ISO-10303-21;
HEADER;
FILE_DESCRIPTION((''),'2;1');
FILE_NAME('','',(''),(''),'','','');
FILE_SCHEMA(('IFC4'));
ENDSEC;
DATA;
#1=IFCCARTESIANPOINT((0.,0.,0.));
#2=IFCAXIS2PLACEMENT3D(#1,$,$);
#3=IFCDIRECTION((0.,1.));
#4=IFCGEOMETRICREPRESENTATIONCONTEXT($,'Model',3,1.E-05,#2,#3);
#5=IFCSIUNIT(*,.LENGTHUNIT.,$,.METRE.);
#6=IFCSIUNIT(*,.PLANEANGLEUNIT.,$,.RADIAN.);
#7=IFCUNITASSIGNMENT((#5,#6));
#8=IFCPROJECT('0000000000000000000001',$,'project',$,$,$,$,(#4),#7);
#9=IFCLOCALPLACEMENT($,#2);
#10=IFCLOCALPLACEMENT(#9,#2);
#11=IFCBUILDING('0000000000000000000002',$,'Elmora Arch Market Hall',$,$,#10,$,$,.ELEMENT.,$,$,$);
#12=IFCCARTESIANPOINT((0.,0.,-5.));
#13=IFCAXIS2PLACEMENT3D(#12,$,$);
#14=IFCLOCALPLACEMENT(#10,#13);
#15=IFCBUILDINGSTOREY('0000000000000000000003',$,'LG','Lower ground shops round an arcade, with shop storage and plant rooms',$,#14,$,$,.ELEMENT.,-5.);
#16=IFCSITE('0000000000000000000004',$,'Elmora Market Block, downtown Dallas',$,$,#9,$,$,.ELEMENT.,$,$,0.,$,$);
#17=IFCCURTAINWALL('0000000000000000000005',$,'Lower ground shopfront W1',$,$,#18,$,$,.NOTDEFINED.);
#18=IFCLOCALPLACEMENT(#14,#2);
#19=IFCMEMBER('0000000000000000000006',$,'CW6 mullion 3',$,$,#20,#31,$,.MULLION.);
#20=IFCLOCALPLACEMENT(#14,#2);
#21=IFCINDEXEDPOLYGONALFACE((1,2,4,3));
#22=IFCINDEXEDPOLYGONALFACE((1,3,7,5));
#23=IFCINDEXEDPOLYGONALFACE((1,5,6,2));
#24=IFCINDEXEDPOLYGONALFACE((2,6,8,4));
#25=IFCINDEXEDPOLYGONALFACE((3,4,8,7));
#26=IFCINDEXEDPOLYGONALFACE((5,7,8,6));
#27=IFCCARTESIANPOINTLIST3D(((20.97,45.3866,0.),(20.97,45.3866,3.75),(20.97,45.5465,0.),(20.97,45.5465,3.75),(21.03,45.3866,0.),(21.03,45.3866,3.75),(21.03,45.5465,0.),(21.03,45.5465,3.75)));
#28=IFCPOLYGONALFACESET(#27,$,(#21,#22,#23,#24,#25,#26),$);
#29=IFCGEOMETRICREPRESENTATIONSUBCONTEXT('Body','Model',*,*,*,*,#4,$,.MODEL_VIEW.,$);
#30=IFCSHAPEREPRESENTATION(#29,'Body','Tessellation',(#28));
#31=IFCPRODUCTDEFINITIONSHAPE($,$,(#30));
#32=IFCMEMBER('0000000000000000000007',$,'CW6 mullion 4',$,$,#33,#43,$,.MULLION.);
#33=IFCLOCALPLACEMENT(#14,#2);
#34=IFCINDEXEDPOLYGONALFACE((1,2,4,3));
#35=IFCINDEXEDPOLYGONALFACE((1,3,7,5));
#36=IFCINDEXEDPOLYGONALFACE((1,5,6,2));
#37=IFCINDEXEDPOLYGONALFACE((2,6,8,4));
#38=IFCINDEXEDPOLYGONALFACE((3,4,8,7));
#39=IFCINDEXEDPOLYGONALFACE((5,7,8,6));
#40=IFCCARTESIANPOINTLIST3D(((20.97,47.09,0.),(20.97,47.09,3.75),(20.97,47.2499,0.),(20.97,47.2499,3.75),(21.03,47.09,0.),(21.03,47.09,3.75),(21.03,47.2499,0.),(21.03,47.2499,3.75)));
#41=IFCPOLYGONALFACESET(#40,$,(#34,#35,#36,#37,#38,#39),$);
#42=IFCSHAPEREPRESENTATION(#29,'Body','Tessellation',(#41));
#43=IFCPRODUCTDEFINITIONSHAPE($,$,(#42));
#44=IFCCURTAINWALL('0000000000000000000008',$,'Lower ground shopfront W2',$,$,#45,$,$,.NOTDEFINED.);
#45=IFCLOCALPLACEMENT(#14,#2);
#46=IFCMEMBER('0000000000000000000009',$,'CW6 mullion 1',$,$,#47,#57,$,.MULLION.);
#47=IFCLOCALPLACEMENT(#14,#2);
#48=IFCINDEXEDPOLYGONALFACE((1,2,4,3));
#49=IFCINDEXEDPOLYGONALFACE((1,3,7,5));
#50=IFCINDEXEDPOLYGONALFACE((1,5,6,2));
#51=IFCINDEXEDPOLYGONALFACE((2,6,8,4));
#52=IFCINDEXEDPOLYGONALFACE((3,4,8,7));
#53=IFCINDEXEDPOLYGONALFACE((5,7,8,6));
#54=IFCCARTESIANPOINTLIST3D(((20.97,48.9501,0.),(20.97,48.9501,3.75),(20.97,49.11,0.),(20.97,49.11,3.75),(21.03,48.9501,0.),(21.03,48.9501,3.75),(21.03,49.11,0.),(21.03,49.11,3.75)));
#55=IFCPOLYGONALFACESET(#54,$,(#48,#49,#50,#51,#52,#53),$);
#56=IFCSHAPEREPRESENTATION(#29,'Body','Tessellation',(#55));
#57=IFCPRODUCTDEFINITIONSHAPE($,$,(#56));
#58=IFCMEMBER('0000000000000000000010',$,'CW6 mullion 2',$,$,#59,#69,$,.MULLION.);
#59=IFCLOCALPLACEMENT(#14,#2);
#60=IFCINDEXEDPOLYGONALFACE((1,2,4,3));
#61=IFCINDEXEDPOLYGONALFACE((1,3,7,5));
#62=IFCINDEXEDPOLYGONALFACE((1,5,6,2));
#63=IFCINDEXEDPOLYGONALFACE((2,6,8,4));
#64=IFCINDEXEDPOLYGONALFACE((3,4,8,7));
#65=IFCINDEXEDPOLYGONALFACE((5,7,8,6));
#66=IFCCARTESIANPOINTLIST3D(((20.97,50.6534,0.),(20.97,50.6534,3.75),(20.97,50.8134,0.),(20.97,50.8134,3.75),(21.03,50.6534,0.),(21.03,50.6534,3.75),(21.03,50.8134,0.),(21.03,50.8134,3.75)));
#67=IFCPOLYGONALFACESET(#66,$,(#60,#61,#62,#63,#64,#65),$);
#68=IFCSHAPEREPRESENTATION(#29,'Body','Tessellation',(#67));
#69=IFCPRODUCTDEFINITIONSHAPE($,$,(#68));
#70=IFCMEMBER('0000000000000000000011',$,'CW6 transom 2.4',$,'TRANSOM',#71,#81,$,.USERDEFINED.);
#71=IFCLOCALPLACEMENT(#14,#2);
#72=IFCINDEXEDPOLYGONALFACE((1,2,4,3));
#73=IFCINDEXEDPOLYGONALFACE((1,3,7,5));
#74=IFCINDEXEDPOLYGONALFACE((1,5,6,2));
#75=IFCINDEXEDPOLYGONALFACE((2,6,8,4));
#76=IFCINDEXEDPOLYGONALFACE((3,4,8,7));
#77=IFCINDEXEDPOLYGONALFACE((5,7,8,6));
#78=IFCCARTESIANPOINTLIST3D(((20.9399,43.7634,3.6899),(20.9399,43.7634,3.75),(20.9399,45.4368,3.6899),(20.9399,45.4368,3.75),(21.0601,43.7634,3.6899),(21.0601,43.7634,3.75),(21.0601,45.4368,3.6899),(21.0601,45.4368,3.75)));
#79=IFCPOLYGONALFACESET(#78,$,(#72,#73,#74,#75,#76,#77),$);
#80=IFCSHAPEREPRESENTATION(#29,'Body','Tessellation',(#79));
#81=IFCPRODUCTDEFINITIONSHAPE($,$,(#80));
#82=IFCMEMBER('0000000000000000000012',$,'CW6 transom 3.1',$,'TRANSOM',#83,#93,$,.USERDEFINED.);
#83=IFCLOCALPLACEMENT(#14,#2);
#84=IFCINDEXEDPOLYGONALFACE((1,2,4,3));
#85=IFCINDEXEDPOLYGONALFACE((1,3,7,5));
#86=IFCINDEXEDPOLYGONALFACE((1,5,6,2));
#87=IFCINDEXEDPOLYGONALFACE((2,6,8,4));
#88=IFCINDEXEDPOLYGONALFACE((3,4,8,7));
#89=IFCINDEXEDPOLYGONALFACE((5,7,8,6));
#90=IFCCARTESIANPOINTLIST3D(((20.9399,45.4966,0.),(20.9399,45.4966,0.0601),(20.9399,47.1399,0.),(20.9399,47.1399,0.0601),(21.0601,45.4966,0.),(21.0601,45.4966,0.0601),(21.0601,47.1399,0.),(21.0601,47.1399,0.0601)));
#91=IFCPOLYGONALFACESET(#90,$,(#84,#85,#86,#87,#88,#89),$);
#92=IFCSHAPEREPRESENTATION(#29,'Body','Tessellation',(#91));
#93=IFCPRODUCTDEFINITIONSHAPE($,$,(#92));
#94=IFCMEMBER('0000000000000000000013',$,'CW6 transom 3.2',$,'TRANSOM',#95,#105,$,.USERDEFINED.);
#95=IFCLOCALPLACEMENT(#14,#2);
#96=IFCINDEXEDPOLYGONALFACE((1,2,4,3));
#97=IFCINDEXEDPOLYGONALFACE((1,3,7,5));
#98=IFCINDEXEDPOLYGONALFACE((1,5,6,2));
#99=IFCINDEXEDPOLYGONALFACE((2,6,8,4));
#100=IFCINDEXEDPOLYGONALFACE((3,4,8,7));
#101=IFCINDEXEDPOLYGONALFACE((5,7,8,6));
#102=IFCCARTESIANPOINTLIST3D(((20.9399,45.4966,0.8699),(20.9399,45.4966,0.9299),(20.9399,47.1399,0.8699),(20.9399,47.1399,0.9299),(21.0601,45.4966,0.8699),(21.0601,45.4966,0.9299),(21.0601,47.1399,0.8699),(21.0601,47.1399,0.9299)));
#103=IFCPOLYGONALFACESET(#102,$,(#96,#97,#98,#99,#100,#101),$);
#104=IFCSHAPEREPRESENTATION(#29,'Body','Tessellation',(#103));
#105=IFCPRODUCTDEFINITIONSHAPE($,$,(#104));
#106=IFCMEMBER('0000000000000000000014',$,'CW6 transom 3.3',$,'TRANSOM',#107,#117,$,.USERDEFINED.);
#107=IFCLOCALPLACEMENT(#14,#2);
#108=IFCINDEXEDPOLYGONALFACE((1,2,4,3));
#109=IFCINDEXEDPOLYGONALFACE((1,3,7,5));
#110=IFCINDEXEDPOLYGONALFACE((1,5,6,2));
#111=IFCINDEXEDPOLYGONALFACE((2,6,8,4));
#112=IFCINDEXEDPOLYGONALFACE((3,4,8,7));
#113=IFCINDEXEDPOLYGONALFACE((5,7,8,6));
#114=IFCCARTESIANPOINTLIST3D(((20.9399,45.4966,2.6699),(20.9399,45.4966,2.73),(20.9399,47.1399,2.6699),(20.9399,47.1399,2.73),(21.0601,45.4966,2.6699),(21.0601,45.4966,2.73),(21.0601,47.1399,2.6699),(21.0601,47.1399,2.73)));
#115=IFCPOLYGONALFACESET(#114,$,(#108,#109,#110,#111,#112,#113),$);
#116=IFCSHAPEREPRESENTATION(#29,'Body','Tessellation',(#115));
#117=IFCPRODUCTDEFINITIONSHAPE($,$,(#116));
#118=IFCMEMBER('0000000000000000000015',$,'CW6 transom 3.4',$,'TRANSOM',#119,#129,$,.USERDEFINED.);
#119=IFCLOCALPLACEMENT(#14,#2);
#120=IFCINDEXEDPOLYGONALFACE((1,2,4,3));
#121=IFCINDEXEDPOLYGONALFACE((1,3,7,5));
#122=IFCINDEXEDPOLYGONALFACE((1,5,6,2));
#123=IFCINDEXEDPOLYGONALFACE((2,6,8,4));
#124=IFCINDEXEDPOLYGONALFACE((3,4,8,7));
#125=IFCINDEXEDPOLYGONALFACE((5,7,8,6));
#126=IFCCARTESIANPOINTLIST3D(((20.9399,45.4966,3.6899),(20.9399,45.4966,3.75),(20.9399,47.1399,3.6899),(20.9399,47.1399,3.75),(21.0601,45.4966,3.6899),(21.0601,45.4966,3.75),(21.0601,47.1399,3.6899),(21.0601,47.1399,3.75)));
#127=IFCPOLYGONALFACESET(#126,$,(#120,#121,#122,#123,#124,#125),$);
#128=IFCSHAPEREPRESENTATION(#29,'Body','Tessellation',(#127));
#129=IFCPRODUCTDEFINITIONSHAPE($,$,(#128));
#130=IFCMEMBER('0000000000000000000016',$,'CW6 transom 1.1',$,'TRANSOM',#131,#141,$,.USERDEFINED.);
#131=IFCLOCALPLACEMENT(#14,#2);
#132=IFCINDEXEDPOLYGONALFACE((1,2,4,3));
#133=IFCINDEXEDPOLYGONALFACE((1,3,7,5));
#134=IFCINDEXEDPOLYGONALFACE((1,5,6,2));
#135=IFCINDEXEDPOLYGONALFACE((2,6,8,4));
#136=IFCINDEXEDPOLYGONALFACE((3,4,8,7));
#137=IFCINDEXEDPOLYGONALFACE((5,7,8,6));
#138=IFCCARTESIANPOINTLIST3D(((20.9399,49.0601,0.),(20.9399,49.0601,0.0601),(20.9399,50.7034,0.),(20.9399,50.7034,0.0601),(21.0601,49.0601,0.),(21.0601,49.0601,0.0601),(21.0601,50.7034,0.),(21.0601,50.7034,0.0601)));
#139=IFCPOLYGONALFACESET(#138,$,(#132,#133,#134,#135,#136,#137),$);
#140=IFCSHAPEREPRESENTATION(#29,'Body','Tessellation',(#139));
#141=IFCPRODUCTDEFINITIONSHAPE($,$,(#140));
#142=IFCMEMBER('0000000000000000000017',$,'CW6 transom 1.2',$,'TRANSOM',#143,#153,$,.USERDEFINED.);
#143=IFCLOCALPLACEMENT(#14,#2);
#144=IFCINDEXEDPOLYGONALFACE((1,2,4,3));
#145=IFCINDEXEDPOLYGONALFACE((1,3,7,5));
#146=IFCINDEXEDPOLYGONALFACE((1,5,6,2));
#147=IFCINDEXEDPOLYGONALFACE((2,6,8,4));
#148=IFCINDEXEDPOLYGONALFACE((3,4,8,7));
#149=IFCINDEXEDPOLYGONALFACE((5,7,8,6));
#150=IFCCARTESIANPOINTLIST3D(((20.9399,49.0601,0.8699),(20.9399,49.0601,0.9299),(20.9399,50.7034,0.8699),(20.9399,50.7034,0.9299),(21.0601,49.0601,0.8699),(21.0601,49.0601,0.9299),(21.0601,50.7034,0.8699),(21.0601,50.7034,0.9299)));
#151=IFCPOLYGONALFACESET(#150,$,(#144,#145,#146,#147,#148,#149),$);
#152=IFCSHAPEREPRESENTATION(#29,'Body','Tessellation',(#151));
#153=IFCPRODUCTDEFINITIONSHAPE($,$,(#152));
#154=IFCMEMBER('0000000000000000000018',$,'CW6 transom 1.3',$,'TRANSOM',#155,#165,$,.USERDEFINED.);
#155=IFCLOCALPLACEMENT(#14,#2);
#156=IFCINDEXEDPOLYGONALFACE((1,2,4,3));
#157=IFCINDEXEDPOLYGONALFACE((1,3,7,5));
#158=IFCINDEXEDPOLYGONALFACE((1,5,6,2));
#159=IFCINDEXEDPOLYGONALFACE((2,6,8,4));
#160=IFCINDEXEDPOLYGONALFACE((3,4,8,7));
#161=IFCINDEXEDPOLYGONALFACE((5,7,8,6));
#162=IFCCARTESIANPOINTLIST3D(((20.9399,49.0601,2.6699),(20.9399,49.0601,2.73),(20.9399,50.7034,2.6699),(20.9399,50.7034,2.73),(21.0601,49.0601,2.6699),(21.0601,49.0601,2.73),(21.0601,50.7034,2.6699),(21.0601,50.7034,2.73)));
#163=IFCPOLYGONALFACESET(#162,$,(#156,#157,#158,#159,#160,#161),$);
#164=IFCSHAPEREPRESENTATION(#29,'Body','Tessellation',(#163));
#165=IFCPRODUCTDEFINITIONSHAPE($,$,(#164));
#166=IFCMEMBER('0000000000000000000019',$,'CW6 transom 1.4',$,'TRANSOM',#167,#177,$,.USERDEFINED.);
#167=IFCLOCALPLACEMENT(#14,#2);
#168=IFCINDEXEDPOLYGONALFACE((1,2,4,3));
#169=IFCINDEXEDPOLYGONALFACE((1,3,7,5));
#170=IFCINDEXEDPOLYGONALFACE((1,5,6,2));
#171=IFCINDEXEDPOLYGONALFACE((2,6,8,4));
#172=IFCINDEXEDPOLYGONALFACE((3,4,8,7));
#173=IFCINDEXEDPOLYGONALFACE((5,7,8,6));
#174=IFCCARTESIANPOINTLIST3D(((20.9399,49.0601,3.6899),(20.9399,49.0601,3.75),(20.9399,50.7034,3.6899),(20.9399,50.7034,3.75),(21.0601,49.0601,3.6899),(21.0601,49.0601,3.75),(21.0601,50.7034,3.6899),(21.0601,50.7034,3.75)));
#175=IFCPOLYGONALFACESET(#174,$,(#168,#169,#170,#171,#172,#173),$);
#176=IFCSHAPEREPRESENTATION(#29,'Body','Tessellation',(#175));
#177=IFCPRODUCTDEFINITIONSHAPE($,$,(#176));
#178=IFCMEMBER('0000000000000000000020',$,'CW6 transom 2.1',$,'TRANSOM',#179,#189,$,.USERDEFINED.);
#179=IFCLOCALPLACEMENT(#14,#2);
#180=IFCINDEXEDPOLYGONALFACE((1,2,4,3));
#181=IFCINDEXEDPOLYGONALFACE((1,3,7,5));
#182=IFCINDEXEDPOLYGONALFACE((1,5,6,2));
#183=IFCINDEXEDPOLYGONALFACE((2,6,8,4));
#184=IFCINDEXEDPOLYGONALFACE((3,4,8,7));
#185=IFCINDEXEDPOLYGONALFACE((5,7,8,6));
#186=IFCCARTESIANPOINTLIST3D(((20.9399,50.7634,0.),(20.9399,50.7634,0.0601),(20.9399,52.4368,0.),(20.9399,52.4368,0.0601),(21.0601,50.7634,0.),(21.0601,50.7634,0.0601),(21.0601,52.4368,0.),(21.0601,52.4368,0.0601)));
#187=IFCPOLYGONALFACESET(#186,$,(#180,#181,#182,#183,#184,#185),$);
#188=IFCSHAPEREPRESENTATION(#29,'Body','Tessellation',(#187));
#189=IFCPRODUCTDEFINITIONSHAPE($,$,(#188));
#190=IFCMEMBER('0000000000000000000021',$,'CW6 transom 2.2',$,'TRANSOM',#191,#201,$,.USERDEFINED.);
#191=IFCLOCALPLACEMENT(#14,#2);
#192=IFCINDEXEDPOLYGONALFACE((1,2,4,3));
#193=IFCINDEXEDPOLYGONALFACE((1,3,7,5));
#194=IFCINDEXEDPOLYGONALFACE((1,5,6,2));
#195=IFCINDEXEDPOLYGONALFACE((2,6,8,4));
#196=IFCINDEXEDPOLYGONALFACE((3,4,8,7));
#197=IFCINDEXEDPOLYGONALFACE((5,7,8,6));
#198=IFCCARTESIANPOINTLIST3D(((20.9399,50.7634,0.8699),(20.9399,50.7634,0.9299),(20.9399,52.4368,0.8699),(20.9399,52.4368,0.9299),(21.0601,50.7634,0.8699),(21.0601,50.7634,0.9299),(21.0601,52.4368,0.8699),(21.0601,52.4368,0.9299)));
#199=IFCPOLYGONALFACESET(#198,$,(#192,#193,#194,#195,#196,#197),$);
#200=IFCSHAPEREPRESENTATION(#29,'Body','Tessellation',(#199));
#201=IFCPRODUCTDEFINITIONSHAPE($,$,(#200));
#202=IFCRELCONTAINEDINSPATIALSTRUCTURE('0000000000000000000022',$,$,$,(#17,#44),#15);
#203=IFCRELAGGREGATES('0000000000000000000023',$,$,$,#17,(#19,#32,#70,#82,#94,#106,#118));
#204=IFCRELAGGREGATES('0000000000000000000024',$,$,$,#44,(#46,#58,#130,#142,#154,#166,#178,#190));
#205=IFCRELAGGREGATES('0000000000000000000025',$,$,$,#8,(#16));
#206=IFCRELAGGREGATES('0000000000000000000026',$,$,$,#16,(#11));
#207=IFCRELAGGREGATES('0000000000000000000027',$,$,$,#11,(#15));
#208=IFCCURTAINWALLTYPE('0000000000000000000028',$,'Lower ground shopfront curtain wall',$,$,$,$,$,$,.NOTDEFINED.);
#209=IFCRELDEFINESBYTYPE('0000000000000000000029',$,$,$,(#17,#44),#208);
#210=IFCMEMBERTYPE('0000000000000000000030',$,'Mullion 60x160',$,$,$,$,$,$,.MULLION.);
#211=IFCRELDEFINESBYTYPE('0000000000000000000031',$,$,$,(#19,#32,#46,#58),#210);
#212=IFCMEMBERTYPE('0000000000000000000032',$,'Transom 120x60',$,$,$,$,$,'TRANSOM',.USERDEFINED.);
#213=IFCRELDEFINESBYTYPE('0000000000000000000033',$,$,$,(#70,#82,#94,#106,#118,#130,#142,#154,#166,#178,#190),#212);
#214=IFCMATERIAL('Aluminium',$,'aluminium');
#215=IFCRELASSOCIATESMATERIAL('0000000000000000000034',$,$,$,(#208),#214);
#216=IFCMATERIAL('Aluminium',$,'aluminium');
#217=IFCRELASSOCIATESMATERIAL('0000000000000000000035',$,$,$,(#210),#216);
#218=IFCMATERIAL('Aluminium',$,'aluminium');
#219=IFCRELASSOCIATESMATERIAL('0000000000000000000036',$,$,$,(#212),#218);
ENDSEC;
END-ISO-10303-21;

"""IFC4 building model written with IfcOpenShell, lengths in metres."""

from ifc_helpers import new_model, si_unit, direction, frame, origin, origin_2d, place, context, subcontext, project, spatial, rectangle, extrude, material, material_profile, profile_set, type_object, element, aggregate, save


model = new_model("IFC4")

# Units and contexts
model_context = context("Model", 3, precision=1e-05, world=origin(), true_north=direction((0.0, 1.0)))
body_context = subcontext(model_context, "Body", "Model", "MODEL_VIEW")
ifc_project = project(units=[si_unit("LENGTHUNIT", "METRE"), si_unit("PLANEANGLEUNIT", "RADIAN")], contexts=[model_context])

# Site, building, storey
site_placement = place(None, origin())
site = spatial("IfcSite", under=ifc_project, at=site_placement, Name="Elmora Market Block, downtown Dallas", CompositionType="ELEMENT", RefElevation=0.0)
building_placement = place(site_placement, origin())
building = spatial("IfcBuilding", under=site, at=building_placement, Name="Elmora Arch Market Hall", CompositionType="ELEMENT")
storey_placement = place(building_placement, frame((0.0, 0.0, -5.0)))
storey = spatial("IfcBuildingStorey", under=building, at=storey_placement, Name="LG", Description="Lower ground shops round an arcade, with shop storage and plant rooms", CompositionType="ELEMENT", Elevation=-5.0)

# Curtain walls, members
ifc_material_1 = material(Name="Aluminium", Category="aluminium")
curtain_wall_type = type_object("IfcCurtainWallType", Name="Lower ground shopfront curtain wall", PredefinedType="NOTDEFINED", material=ifc_material_1)
curtain_wall_1_placement = place(storey_placement, origin())
curtain_wall_1 = element("IfcCurtainWall", 1, at=curtain_wall_1_placement, inside=storey, type_object=curtain_wall_type, Name="Lower ground shopfront W1", PredefinedType="NOTDEFINED")
ifc_material_2 = material(Name="Aluminium", Category="aluminium")
ifc_material_profile_1 = material_profile(ifc_material_2, rectangle(XDim=0.0601, YDim=0.1599, at=origin_2d()), Name="AL 60x160")
ifc_profile_set_1 = profile_set([ifc_material_profile_1], Name="Aluminium")
member_type_1 = type_object("IfcMemberType", Name="Mullion 60x160", PredefinedType="MULLION", material=ifc_profile_set_1)
member_1_placement = place(storey_placement, frame((21.0, 45.4666, 0.0), z_axis=(0.0, 0.0, 1.0), x_axis=(-1.0, 0.0, 0.0)))
member_1 = element("IfcMember", 2, at=member_1_placement, type_object=member_type_1, Name="CW6 mullion 3", PredefinedType="MULLION", context=body_context, shape_type="SweptSolid", body=[
    extrude(rectangle(XDim=0.0601, YDim=0.1599, at=origin_2d()), origin(), (0.0, 0.0, 1.0), 3.75),
])
member_2_placement = place(storey_placement, frame((21.0, 47.1699, 0.0), z_axis=(0.0, 0.0, 1.0), x_axis=(-1.0, 0.0, 0.0)))
member_2 = element("IfcMember", 3, at=member_2_placement, type_object=member_type_1, Name="CW6 mullion 4", PredefinedType="MULLION", context=body_context, shape_type="SweptSolid", body=[
    extrude(rectangle(XDim=0.0601, YDim=0.1599, at=origin_2d()), origin(), (0.0, 0.0, 1.0), 3.75),
])
curtain_wall_2_placement = place(storey_placement, origin())
curtain_wall_2 = element("IfcCurtainWall", 4, at=curtain_wall_2_placement, inside=storey, type_object=curtain_wall_type, Name="Lower ground shopfront W2", PredefinedType="NOTDEFINED")
member_3_placement = place(storey_placement, frame((21.0, 49.03, 0.0), z_axis=(0.0, 0.0, 1.0), x_axis=(-1.0, 0.0, 0.0)))
member_3 = element("IfcMember", 5, at=member_3_placement, type_object=member_type_1, Name="CW6 mullion 1", PredefinedType="MULLION", context=body_context, shape_type="SweptSolid", body=[
    extrude(rectangle(XDim=0.0601, YDim=0.1599, at=origin_2d()), origin(), (0.0, 0.0, 1.0), 3.75),
])
member_4_placement = place(storey_placement, frame((21.0, 50.7334, 0.0), z_axis=(0.0, 0.0, 1.0), x_axis=(-1.0, 0.0, 0.0)))
member_4 = element("IfcMember", 6, at=member_4_placement, type_object=member_type_1, Name="CW6 mullion 2", PredefinedType="MULLION", context=body_context, shape_type="SweptSolid", body=[
    extrude(rectangle(XDim=0.0601, YDim=0.1599, at=origin_2d()), origin(), (0.0, 0.0, 1.0), 3.75),
])

# Members
ifc_material_3 = material(Name="Aluminium", Category="aluminium")
ifc_material_profile_2 = material_profile(ifc_material_3, rectangle(XDim=0.1201, YDim=0.0601, at=origin_2d()), Name="AL 120x60")
ifc_profile_set_2 = profile_set([ifc_material_profile_2], Name="Aluminium")
member_type_2 = type_object("IfcMemberType", Name="Transom 120x60", ElementType="TRANSOM", PredefinedType="USERDEFINED", material=ifc_profile_set_2)
member_5_placement = place(storey_placement, frame((21.0, 43.7634, 3.72), z_axis=(0.0, 1.0, 0.0), x_axis=(-1.0, 0.0, 0.0)))
member_5 = element("IfcMember", 7, at=member_5_placement, type_object=member_type_2, Name="CW6 transom 2.4", ObjectType="TRANSOM", PredefinedType="USERDEFINED", context=body_context, shape_type="SweptSolid", body=[
    extrude(rectangle(XDim=0.1201, YDim=0.0601, at=origin_2d()), origin(), (0.0, 0.0, 1.0), 1.6733),
])
member_6_placement = place(storey_placement, frame((21.0, 45.4966, 0.03), z_axis=(0.0, 1.0, 0.0), x_axis=(-1.0, 0.0, 0.0)))
member_6 = element("IfcMember", 8, at=member_6_placement, type_object=member_type_2, Name="CW6 transom 3.1", ObjectType="TRANSOM", PredefinedType="USERDEFINED", context=body_context, shape_type="SweptSolid", body=[
    extrude(rectangle(XDim=0.1201, YDim=0.0601, at=origin_2d()), origin(), (0.0, 0.0, 1.0), 1.6433),
])
member_7_placement = place(storey_placement, frame((21.0, 45.4966, 0.8999), z_axis=(0.0, 1.0, 0.0), x_axis=(-1.0, 0.0, 0.0)))
member_7 = element("IfcMember", 9, at=member_7_placement, type_object=member_type_2, Name="CW6 transom 3.2", ObjectType="TRANSOM", PredefinedType="USERDEFINED", context=body_context, shape_type="SweptSolid", body=[
    extrude(rectangle(XDim=0.1201, YDim=0.0601, at=origin_2d()), origin(), (0.0, 0.0, 1.0), 1.6433),
])
member_8_placement = place(storey_placement, frame((21.0, 45.4966, 2.7), z_axis=(0.0, 1.0, 0.0), x_axis=(-1.0, 0.0, 0.0)))
member_8 = element("IfcMember", 10, at=member_8_placement, type_object=member_type_2, Name="CW6 transom 3.3", ObjectType="TRANSOM", PredefinedType="USERDEFINED", context=body_context, shape_type="SweptSolid", body=[
    extrude(rectangle(XDim=0.1201, YDim=0.0601, at=origin_2d()), origin(), (0.0, 0.0, 1.0), 1.6433),
])
member_9_placement = place(storey_placement, frame((21.0, 45.4966, 3.72), z_axis=(0.0, 1.0, 0.0), x_axis=(-1.0, 0.0, 0.0)))
member_9 = element("IfcMember", 11, at=member_9_placement, type_object=member_type_2, Name="CW6 transom 3.4", ObjectType="TRANSOM", PredefinedType="USERDEFINED", context=body_context, shape_type="SweptSolid", body=[
    extrude(rectangle(XDim=0.1201, YDim=0.0601, at=origin_2d()), origin(), (0.0, 0.0, 1.0), 1.6433),
])
member_10_placement = place(storey_placement, frame((21.0, 49.0601, 0.03), z_axis=(0.0, 1.0, 0.0), x_axis=(-1.0, 0.0, 0.0)))
member_10 = element("IfcMember", 12, at=member_10_placement, type_object=member_type_2, Name="CW6 transom 1.1", ObjectType="TRANSOM", PredefinedType="USERDEFINED", context=body_context, shape_type="SweptSolid", body=[
    extrude(rectangle(XDim=0.1201, YDim=0.0601, at=origin_2d()), origin(), (0.0, 0.0, 1.0), 1.6433),
])
member_11_placement = place(storey_placement, frame((21.0, 49.0601, 0.8999), z_axis=(0.0, 1.0, 0.0), x_axis=(-1.0, 0.0, 0.0)))
member_11 = element("IfcMember", 13, at=member_11_placement, type_object=member_type_2, Name="CW6 transom 1.2", ObjectType="TRANSOM", PredefinedType="USERDEFINED", context=body_context, shape_type="SweptSolid", body=[
    extrude(rectangle(XDim=0.1201, YDim=0.0601, at=origin_2d()), origin(), (0.0, 0.0, 1.0), 1.6433),
])
member_12_placement = place(storey_placement, frame((21.0, 49.0601, 2.7), z_axis=(0.0, 1.0, 0.0), x_axis=(-1.0, 0.0, 0.0)))
member_12 = element("IfcMember", 14, at=member_12_placement, type_object=member_type_2, Name="CW6 transom 1.3", ObjectType="TRANSOM", PredefinedType="USERDEFINED", context=body_context, shape_type="SweptSolid", body=[
    extrude(rectangle(XDim=0.1201, YDim=0.0601, at=origin_2d()), origin(), (0.0, 0.0, 1.0), 1.6433),
])
member_13_placement = place(storey_placement, frame((21.0, 49.0601, 3.72), z_axis=(0.0, 1.0, 0.0), x_axis=(-1.0, 0.0, 0.0)))
member_13 = element("IfcMember", 15, at=member_13_placement, type_object=member_type_2, Name="CW6 transom 1.4", ObjectType="TRANSOM", PredefinedType="USERDEFINED", context=body_context, shape_type="SweptSolid", body=[
    extrude(rectangle(XDim=0.1201, YDim=0.0601, at=origin_2d()), origin(), (0.0, 0.0, 1.0), 1.6433),
])
member_14_placement = place(storey_placement, frame((21.0, 50.7634, 0.03), z_axis=(0.0, 1.0, 0.0), x_axis=(-1.0, 0.0, 0.0)))
member_14 = element("IfcMember", 16, at=member_14_placement, type_object=member_type_2, Name="CW6 transom 2.1", ObjectType="TRANSOM", PredefinedType="USERDEFINED", context=body_context, shape_type="SweptSolid", body=[
    extrude(rectangle(XDim=0.1201, YDim=0.0601, at=origin_2d()), origin(), (0.0, 0.0, 1.0), 1.6733),
])
member_15_placement = place(storey_placement, frame((21.0, 50.7634, 0.8999), z_axis=(0.0, 1.0, 0.0), x_axis=(-1.0, 0.0, 0.0)))
member_15 = element("IfcMember", 17, at=member_15_placement, type_object=member_type_2, Name="CW6 transom 2.2", ObjectType="TRANSOM", PredefinedType="USERDEFINED", context=body_context, shape_type="SweptSolid", body=[
    extrude(rectangle(XDim=0.1201, YDim=0.0601, at=origin_2d()), origin(), (0.0, 0.0, 1.0), 1.6733),
])

aggregate(curtain_wall_1, [member_1, member_2, member_5, member_6, member_7, member_8, member_9])
aggregate(curtain_wall_2, [member_3, member_4, member_10, member_11, member_12, member_13, member_14, member_15])

save(model, "model.ifc")
